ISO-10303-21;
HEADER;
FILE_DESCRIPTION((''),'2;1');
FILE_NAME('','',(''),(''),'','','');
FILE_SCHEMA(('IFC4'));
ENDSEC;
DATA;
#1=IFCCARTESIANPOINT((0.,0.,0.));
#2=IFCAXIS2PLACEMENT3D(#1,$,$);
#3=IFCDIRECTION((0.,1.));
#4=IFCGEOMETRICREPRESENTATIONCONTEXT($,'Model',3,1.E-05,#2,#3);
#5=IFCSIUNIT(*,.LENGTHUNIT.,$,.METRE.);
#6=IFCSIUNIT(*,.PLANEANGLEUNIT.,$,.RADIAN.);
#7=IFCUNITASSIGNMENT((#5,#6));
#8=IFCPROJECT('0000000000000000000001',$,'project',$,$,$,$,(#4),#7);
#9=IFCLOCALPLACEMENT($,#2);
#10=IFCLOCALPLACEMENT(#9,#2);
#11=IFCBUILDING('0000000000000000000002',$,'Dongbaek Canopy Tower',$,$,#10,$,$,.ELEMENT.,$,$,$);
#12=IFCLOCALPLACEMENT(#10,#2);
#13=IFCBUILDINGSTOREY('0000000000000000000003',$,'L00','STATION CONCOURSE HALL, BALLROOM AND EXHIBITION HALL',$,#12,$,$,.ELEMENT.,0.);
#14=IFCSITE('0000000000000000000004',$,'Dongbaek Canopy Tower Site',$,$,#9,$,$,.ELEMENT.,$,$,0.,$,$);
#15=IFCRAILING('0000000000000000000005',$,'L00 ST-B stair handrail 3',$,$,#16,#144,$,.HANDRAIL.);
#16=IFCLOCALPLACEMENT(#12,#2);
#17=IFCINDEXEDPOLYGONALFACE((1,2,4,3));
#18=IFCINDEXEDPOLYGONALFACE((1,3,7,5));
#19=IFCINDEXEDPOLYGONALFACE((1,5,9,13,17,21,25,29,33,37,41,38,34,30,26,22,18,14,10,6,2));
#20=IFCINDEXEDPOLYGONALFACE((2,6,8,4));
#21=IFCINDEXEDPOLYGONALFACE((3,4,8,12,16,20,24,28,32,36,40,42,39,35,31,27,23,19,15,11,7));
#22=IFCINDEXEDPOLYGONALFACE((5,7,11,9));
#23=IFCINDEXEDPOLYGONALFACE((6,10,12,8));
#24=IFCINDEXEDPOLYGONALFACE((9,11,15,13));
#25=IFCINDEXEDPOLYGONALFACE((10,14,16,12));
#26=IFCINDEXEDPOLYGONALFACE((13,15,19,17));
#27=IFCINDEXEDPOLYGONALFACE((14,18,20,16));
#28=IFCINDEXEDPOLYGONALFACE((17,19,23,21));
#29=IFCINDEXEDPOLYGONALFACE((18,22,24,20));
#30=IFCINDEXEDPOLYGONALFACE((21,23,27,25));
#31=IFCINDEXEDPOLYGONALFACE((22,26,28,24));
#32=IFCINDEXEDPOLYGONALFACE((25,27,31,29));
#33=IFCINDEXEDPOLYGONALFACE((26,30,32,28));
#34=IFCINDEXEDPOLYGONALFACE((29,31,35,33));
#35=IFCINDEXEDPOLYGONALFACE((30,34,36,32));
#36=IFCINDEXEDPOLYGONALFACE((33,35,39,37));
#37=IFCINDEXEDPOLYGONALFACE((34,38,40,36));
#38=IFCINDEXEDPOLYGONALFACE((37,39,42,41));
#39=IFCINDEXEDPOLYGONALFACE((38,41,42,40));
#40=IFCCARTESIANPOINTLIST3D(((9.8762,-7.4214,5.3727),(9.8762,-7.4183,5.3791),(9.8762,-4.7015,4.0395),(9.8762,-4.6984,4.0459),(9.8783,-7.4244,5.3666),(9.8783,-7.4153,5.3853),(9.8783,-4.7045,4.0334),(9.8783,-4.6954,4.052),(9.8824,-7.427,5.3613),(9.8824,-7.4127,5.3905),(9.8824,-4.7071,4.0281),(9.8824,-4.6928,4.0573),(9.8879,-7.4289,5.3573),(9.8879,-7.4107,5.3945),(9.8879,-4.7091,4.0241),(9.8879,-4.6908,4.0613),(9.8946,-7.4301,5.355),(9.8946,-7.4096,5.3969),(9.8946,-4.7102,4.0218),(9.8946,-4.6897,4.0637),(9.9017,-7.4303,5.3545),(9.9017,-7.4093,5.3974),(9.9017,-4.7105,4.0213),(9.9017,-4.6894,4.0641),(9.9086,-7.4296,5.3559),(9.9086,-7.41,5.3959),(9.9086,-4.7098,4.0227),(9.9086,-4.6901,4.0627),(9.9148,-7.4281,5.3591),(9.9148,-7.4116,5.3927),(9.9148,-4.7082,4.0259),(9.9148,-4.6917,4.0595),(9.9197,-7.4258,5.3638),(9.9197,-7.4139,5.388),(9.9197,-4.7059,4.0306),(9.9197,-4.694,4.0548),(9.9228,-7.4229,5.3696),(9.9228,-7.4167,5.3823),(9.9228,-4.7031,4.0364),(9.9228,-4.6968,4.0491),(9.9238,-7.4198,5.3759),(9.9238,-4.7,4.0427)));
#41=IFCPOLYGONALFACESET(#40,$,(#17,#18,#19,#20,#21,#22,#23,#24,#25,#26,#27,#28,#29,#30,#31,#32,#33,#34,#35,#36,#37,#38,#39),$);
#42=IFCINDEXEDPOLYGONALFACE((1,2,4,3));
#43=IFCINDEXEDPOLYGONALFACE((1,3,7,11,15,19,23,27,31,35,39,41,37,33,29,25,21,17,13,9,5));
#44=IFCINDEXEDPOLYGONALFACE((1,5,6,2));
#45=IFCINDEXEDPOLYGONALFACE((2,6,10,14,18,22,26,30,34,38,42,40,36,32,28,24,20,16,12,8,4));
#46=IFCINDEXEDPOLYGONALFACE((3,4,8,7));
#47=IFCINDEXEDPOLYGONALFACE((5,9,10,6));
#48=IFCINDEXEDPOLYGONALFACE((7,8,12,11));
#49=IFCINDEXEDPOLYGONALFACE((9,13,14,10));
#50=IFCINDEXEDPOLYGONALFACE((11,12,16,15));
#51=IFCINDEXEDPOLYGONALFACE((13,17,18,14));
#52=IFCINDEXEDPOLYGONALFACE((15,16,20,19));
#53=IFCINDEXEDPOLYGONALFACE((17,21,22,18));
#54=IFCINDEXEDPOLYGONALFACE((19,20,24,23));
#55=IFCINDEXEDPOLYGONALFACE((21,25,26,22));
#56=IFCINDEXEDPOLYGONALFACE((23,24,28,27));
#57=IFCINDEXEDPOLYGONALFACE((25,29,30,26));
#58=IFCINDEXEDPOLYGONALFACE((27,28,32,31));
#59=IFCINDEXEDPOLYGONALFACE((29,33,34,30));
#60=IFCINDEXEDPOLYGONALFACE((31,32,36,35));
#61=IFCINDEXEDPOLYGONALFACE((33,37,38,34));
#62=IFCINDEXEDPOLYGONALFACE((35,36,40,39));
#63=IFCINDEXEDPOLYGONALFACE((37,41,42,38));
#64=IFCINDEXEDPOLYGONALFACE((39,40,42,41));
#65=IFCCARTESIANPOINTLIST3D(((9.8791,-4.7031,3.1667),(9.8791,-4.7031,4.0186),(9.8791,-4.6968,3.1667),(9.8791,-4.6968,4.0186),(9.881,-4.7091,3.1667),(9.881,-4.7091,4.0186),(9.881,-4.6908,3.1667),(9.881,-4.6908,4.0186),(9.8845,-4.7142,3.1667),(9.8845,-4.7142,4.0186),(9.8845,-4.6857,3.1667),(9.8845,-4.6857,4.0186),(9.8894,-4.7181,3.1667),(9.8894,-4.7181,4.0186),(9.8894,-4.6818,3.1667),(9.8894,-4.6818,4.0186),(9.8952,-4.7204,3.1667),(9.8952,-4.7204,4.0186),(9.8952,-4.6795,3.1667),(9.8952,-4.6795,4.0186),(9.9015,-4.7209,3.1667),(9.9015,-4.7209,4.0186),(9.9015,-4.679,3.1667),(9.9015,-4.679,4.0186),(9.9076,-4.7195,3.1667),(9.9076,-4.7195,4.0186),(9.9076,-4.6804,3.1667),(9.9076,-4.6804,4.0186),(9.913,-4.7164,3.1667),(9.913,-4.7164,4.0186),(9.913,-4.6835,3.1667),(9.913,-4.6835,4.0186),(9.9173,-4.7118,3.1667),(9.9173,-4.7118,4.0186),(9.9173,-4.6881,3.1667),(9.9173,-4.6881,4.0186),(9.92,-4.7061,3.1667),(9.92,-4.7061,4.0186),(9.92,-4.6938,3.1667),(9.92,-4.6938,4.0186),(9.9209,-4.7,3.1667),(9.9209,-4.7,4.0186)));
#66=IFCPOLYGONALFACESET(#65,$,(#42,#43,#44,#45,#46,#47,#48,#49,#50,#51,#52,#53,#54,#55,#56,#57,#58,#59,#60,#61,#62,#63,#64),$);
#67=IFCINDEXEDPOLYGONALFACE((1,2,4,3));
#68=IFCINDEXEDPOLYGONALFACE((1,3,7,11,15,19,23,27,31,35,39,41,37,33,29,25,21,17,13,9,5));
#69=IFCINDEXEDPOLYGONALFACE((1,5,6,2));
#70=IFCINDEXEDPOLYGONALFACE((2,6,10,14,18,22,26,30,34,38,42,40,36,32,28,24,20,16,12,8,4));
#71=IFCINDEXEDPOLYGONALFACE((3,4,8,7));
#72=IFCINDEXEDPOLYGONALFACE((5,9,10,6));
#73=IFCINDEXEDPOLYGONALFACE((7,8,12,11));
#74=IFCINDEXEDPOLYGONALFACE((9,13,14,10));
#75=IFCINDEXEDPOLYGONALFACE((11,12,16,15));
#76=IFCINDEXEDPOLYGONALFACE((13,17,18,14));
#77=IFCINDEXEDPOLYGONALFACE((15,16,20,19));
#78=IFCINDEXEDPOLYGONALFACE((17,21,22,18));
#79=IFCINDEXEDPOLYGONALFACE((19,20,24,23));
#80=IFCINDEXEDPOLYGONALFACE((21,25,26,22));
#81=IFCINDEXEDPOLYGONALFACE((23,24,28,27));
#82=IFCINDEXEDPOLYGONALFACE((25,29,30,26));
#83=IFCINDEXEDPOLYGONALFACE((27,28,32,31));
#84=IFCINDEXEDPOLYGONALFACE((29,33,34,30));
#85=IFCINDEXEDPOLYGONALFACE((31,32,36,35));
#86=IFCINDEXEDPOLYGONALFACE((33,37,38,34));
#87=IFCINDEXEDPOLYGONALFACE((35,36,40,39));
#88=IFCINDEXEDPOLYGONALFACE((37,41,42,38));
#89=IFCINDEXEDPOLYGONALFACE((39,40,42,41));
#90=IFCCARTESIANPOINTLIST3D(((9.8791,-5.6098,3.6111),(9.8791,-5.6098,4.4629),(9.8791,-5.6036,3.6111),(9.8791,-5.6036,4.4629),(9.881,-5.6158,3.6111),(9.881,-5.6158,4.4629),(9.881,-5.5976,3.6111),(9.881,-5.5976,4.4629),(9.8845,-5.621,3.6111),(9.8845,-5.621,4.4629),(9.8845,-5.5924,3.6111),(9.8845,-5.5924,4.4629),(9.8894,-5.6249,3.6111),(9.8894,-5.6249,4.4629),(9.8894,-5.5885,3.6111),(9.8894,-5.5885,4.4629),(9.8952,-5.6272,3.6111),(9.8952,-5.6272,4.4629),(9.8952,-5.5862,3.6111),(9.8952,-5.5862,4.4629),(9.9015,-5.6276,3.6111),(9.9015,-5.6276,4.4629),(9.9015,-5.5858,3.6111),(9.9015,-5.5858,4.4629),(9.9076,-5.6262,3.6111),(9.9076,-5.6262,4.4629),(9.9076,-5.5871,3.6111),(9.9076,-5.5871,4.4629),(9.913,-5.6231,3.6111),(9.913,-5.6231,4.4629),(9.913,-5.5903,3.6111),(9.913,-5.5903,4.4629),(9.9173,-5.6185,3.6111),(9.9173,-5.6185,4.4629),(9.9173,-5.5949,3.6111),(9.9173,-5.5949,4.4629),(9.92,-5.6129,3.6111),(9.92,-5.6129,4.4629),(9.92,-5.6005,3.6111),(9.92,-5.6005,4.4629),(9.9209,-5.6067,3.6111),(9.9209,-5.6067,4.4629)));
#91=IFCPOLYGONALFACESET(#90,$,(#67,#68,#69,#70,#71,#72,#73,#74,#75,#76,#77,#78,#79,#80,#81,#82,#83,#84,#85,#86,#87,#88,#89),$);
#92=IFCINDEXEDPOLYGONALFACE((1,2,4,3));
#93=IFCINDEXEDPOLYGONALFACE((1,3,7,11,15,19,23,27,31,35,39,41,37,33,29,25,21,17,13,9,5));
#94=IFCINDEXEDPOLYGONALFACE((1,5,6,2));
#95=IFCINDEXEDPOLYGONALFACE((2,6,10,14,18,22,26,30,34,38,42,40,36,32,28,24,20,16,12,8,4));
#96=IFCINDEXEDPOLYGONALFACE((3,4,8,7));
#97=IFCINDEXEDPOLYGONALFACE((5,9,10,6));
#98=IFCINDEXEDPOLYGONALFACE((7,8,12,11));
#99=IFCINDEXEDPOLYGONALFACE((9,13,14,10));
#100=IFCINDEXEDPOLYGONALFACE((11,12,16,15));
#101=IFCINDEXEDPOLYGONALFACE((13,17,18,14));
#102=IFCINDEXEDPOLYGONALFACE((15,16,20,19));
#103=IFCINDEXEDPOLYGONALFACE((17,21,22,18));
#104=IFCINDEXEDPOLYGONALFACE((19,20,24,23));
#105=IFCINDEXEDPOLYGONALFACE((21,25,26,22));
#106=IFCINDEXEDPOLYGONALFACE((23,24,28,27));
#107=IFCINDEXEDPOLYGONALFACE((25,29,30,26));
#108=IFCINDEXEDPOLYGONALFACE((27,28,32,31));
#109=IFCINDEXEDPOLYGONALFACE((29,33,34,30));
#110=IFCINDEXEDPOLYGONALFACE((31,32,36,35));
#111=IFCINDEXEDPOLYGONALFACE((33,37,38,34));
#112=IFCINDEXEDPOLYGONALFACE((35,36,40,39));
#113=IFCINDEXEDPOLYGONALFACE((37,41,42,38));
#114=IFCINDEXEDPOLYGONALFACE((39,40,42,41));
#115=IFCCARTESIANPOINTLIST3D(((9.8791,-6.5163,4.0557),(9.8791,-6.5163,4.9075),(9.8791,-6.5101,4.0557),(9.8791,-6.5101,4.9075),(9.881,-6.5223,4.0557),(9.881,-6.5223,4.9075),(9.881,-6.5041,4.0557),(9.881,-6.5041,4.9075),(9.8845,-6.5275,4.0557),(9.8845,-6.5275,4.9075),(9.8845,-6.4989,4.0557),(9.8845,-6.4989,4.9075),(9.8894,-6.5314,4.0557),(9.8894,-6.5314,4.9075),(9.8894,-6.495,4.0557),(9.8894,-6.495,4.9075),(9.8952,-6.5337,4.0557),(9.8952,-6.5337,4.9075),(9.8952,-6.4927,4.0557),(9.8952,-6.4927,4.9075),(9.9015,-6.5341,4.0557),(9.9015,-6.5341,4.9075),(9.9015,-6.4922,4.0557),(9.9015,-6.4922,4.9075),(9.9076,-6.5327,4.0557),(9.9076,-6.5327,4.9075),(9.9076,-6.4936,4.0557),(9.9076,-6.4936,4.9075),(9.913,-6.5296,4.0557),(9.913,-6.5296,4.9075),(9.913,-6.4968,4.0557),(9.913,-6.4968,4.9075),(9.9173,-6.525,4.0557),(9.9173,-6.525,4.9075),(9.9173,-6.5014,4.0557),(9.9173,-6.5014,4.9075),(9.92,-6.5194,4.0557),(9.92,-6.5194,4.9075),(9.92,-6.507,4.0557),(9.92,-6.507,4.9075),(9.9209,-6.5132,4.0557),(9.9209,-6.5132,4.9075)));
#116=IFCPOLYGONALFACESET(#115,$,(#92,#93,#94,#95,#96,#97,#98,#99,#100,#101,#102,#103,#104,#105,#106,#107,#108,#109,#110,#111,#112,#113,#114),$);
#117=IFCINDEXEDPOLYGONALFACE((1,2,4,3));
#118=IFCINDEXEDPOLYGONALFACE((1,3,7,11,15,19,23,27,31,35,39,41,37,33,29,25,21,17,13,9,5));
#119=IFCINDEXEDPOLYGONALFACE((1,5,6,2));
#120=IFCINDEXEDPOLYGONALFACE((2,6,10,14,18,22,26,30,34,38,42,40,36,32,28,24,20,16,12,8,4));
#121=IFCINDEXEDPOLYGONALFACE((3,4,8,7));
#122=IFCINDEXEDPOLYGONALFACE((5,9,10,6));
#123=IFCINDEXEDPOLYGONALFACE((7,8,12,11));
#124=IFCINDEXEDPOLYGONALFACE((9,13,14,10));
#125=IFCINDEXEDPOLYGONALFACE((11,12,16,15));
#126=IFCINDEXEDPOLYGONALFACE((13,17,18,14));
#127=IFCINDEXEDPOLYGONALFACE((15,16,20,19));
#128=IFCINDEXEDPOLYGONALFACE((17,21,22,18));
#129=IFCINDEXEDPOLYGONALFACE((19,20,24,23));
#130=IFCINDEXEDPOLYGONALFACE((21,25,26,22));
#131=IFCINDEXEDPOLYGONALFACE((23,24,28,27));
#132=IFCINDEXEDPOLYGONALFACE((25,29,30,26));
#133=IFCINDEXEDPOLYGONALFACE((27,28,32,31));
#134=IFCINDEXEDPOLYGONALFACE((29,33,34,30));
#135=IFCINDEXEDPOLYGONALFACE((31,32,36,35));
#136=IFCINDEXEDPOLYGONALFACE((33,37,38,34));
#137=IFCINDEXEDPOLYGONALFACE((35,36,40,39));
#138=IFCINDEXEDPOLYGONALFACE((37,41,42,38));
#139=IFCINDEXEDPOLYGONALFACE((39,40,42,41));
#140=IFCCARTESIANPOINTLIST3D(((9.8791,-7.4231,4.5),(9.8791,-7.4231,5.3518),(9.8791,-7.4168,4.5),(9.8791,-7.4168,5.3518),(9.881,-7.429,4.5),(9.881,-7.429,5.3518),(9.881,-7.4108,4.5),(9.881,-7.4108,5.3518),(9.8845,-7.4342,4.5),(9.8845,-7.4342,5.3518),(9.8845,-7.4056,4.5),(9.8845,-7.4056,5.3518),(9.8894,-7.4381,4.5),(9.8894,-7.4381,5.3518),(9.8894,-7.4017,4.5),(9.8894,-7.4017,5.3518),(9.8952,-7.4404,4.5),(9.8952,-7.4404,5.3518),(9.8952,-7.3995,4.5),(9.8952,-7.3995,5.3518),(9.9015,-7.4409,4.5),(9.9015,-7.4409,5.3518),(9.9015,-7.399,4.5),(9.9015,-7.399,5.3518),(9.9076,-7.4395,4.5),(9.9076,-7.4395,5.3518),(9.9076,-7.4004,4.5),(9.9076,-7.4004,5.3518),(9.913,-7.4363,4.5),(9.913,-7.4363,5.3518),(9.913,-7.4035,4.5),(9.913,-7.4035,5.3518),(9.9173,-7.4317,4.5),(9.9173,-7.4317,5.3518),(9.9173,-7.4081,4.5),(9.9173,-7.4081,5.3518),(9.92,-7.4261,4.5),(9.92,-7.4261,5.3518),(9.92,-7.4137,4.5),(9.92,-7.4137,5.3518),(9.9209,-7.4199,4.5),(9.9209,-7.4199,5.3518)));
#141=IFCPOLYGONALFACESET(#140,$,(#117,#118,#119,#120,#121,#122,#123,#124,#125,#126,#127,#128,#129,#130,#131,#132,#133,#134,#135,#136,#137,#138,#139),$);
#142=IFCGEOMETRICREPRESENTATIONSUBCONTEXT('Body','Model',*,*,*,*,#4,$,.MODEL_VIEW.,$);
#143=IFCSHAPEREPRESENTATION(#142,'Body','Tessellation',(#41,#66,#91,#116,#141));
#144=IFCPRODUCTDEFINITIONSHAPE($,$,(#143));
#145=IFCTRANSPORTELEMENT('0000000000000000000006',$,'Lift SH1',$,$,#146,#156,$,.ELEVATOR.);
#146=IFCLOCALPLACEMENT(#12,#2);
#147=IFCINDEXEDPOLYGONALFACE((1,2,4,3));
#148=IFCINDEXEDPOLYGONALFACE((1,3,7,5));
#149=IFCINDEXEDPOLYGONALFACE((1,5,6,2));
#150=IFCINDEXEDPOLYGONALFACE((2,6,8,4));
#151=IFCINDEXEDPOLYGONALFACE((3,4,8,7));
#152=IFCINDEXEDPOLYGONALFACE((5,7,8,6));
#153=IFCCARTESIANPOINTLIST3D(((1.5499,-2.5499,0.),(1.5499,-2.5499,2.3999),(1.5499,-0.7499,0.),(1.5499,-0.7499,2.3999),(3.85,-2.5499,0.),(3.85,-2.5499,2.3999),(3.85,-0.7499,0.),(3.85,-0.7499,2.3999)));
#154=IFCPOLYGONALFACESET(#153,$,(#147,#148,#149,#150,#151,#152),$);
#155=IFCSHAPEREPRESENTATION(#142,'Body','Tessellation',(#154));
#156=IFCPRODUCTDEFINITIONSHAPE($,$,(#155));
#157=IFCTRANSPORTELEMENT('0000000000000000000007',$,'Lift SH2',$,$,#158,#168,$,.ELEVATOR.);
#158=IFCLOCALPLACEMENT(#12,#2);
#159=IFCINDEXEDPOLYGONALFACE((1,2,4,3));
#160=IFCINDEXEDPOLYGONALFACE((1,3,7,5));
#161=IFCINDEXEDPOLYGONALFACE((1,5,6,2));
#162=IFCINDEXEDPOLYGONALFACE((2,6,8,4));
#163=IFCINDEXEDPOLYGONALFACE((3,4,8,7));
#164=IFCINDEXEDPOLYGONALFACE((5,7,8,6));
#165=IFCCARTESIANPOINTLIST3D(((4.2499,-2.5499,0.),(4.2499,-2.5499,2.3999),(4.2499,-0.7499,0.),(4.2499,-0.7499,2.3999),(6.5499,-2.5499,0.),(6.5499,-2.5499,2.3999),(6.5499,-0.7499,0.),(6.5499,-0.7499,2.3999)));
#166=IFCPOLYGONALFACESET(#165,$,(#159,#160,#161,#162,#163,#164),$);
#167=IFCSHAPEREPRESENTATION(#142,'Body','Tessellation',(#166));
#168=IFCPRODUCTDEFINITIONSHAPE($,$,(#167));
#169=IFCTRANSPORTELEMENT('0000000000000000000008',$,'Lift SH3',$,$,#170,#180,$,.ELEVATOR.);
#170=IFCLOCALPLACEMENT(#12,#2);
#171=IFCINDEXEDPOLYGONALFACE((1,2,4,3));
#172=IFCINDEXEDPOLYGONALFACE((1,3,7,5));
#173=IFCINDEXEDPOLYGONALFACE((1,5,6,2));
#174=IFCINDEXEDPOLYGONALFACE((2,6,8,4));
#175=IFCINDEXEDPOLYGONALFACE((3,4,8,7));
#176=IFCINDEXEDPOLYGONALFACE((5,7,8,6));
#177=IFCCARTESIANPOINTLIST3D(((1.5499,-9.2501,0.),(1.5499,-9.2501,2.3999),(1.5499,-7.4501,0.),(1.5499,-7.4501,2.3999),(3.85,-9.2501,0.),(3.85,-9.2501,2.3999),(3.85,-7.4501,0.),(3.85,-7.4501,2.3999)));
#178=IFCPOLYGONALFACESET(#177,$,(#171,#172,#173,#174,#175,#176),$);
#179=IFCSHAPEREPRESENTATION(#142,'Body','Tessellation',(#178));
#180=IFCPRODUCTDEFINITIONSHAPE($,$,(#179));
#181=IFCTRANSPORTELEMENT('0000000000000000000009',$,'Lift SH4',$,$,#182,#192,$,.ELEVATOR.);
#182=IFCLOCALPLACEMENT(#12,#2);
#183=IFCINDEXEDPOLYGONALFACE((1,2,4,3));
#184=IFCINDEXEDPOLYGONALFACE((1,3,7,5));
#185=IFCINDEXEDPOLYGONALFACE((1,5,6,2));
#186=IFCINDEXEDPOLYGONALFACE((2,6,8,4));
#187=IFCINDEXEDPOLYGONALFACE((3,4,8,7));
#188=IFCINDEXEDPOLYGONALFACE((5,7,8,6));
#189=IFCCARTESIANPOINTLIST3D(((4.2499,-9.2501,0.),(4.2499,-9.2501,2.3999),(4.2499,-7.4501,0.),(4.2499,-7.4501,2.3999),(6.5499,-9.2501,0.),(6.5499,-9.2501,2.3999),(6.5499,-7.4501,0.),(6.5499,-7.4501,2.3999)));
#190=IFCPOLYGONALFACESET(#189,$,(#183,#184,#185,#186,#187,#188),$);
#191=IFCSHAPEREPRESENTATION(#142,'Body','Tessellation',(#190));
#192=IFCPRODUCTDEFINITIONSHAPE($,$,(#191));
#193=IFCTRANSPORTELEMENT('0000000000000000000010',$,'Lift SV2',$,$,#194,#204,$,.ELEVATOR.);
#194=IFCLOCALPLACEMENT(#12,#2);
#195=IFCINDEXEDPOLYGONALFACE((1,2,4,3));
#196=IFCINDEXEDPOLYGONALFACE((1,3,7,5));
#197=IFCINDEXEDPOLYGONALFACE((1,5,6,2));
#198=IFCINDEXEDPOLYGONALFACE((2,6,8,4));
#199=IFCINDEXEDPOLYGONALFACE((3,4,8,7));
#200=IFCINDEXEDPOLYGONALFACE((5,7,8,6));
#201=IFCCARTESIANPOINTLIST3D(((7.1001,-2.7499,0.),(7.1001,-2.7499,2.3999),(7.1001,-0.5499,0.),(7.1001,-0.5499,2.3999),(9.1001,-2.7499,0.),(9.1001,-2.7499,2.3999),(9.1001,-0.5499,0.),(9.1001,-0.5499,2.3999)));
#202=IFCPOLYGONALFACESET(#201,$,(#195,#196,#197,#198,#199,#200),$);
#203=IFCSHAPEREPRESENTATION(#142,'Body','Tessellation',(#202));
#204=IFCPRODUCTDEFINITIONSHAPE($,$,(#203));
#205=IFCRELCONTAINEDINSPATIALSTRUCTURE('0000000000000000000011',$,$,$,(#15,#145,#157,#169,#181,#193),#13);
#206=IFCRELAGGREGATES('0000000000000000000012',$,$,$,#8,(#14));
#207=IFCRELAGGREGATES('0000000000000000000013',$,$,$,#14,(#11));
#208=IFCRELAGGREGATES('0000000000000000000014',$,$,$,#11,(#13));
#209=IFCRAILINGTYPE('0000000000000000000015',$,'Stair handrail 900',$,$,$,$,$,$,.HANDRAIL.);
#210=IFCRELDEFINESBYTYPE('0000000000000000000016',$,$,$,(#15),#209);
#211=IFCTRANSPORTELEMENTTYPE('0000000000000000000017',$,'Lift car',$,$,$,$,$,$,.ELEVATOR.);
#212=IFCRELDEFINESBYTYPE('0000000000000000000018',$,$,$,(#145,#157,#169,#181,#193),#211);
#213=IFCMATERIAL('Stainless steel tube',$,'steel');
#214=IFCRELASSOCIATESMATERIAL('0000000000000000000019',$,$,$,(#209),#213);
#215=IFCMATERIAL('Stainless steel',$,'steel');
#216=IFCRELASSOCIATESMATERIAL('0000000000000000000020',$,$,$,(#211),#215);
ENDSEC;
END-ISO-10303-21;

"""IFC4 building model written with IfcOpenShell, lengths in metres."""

from ifc_helpers import new_model, si_unit, direction, frame, origin, origin_2d, place, context, subcontext, project, spatial, rectangle, circle, extrude, material, type_object, element, save


model = new_model("IFC4")

# Units and contexts
model_context = context("Model", 3, precision=1e-05, world=origin(), true_north=direction((0.0, 1.0)))
body_context = subcontext(model_context, "Body", "Model", "MODEL_VIEW")
ifc_project = project(units=[si_unit("LENGTHUNIT", "METRE"), si_unit("PLANEANGLEUNIT", "RADIAN")], contexts=[model_context])

# Site, building, storey
site_placement = place(None, origin())
site = spatial("IfcSite", under=ifc_project, at=site_placement, Name="Dongbaek Canopy Tower Site", CompositionType="ELEMENT", RefElevation=0.0)
building_placement = place(site_placement, origin())
building = spatial("IfcBuilding", under=site, at=building_placement, Name="Dongbaek Canopy Tower", CompositionType="ELEMENT")
storey_placement = place(building_placement, origin())
storey = spatial("IfcBuildingStorey", under=building, at=storey_placement, Name="L00", Description="STATION CONCOURSE HALL, BALLROOM AND EXHIBITION HALL", CompositionType="ELEMENT", Elevation=0.0)

# Railing
ifc_material_1 = material(Name="Stainless steel tube", Category="steel")
railing_type = type_object("IfcRailingType", Name="Stair handrail 900", PredefinedType="HANDRAIL", material=ifc_material_1)
for number, where, name in (
    (1, (9.8999, -4.7, 3.1667), "L00 ST-B stair handrail 3"),
):
    element("IfcRailing", number, at=place(storey_placement, frame(where)), inside=storey, type_object=railing_type, Name=name, PredefinedType="HANDRAIL", context=body_context, shape_type="SweptSolid", body=[
        extrude(circle(Radius=0.0239, at=origin_2d()), frame((0.0, 0.0, 0.876), z_axis=(0.0, -0.897929, 0.440139), x_axis=(1.0, 0.0, 0.0)), (0.0, 0.0, 1.0), 3.0291),
        extrude(circle(Radius=0.021, at=origin_2d()), origin(), (0.0, 0.0, 1.0), 0.8518),
        extrude(circle(Radius=0.021, at=origin_2d()), frame((0.0, -0.9067, 0.4443)), (0.0, 0.0, 1.0), 0.8518),
        extrude(circle(Radius=0.021, at=origin_2d()), frame((0.0, -1.8132, 0.8889)), (0.0, 0.0, 1.0), 0.8518),
        extrude(circle(Radius=0.021, at=origin_2d()), frame((0.0, -2.72, 1.3333)), (0.0, 0.0, 1.0), 0.8518),
    ])

# Transport elements
ifc_material_2 = material(Name="Stainless steel", Category="steel")
transport_element_type = type_object("IfcTransportElementType", Name="Lift car", PredefinedType="ELEVATOR", material=ifc_material_2)
for number, where, z_axis, x_axis, name in (
    (2, (2.7, -1.6499, 0.0), (0.0, 0.0, 1.0), (1.0, 0.0, 0.0), "Lift SH1"),
    (3, (5.3999, -1.6499, 0.0), (0.0, 0.0, 1.0), (1.0, 0.0, 0.0), "Lift SH2"),
    (4, (2.7, -8.3501, 0.0), (0.0, 0.0, 1.0), (1.0, 0.0, 0.0), "Lift SH3"),
    (5, (5.3999, -8.3501, 0.0), (0.0, 0.0, 1.0), (1.0, 0.0, 0.0), "Lift SH4"),
):
    element("IfcTransportElement", number, at=place(storey_placement, frame(where, z_axis=z_axis, x_axis=x_axis)), inside=storey, type_object=transport_element_type, Name=name, PredefinedType="ELEVATOR", context=body_context, shape_type="SweptSolid", body=[
        extrude(rectangle(XDim=2.3, YDim=1.8, at=origin_2d()), origin(), (0.0, 0.0, 1.0), 2.3999),
    ])
transport_element_placement = place(storey_placement, frame((8.1001, -1.6499, 0.0), z_axis=(0.0, 0.0, 1.0), x_axis=(1.0, 0.0, 0.0)))
element("IfcTransportElement", 6, at=transport_element_placement, inside=storey, type_object=transport_element_type, Name="Lift SV2", PredefinedType="ELEVATOR", context=body_context, shape_type="SweptSolid", body=[
    extrude(rectangle(XDim=2.0, YDim=2.2, at=origin_2d()), origin(), (0.0, 0.0, 1.0), 2.3999),
])

save(model, "model.ifc")
